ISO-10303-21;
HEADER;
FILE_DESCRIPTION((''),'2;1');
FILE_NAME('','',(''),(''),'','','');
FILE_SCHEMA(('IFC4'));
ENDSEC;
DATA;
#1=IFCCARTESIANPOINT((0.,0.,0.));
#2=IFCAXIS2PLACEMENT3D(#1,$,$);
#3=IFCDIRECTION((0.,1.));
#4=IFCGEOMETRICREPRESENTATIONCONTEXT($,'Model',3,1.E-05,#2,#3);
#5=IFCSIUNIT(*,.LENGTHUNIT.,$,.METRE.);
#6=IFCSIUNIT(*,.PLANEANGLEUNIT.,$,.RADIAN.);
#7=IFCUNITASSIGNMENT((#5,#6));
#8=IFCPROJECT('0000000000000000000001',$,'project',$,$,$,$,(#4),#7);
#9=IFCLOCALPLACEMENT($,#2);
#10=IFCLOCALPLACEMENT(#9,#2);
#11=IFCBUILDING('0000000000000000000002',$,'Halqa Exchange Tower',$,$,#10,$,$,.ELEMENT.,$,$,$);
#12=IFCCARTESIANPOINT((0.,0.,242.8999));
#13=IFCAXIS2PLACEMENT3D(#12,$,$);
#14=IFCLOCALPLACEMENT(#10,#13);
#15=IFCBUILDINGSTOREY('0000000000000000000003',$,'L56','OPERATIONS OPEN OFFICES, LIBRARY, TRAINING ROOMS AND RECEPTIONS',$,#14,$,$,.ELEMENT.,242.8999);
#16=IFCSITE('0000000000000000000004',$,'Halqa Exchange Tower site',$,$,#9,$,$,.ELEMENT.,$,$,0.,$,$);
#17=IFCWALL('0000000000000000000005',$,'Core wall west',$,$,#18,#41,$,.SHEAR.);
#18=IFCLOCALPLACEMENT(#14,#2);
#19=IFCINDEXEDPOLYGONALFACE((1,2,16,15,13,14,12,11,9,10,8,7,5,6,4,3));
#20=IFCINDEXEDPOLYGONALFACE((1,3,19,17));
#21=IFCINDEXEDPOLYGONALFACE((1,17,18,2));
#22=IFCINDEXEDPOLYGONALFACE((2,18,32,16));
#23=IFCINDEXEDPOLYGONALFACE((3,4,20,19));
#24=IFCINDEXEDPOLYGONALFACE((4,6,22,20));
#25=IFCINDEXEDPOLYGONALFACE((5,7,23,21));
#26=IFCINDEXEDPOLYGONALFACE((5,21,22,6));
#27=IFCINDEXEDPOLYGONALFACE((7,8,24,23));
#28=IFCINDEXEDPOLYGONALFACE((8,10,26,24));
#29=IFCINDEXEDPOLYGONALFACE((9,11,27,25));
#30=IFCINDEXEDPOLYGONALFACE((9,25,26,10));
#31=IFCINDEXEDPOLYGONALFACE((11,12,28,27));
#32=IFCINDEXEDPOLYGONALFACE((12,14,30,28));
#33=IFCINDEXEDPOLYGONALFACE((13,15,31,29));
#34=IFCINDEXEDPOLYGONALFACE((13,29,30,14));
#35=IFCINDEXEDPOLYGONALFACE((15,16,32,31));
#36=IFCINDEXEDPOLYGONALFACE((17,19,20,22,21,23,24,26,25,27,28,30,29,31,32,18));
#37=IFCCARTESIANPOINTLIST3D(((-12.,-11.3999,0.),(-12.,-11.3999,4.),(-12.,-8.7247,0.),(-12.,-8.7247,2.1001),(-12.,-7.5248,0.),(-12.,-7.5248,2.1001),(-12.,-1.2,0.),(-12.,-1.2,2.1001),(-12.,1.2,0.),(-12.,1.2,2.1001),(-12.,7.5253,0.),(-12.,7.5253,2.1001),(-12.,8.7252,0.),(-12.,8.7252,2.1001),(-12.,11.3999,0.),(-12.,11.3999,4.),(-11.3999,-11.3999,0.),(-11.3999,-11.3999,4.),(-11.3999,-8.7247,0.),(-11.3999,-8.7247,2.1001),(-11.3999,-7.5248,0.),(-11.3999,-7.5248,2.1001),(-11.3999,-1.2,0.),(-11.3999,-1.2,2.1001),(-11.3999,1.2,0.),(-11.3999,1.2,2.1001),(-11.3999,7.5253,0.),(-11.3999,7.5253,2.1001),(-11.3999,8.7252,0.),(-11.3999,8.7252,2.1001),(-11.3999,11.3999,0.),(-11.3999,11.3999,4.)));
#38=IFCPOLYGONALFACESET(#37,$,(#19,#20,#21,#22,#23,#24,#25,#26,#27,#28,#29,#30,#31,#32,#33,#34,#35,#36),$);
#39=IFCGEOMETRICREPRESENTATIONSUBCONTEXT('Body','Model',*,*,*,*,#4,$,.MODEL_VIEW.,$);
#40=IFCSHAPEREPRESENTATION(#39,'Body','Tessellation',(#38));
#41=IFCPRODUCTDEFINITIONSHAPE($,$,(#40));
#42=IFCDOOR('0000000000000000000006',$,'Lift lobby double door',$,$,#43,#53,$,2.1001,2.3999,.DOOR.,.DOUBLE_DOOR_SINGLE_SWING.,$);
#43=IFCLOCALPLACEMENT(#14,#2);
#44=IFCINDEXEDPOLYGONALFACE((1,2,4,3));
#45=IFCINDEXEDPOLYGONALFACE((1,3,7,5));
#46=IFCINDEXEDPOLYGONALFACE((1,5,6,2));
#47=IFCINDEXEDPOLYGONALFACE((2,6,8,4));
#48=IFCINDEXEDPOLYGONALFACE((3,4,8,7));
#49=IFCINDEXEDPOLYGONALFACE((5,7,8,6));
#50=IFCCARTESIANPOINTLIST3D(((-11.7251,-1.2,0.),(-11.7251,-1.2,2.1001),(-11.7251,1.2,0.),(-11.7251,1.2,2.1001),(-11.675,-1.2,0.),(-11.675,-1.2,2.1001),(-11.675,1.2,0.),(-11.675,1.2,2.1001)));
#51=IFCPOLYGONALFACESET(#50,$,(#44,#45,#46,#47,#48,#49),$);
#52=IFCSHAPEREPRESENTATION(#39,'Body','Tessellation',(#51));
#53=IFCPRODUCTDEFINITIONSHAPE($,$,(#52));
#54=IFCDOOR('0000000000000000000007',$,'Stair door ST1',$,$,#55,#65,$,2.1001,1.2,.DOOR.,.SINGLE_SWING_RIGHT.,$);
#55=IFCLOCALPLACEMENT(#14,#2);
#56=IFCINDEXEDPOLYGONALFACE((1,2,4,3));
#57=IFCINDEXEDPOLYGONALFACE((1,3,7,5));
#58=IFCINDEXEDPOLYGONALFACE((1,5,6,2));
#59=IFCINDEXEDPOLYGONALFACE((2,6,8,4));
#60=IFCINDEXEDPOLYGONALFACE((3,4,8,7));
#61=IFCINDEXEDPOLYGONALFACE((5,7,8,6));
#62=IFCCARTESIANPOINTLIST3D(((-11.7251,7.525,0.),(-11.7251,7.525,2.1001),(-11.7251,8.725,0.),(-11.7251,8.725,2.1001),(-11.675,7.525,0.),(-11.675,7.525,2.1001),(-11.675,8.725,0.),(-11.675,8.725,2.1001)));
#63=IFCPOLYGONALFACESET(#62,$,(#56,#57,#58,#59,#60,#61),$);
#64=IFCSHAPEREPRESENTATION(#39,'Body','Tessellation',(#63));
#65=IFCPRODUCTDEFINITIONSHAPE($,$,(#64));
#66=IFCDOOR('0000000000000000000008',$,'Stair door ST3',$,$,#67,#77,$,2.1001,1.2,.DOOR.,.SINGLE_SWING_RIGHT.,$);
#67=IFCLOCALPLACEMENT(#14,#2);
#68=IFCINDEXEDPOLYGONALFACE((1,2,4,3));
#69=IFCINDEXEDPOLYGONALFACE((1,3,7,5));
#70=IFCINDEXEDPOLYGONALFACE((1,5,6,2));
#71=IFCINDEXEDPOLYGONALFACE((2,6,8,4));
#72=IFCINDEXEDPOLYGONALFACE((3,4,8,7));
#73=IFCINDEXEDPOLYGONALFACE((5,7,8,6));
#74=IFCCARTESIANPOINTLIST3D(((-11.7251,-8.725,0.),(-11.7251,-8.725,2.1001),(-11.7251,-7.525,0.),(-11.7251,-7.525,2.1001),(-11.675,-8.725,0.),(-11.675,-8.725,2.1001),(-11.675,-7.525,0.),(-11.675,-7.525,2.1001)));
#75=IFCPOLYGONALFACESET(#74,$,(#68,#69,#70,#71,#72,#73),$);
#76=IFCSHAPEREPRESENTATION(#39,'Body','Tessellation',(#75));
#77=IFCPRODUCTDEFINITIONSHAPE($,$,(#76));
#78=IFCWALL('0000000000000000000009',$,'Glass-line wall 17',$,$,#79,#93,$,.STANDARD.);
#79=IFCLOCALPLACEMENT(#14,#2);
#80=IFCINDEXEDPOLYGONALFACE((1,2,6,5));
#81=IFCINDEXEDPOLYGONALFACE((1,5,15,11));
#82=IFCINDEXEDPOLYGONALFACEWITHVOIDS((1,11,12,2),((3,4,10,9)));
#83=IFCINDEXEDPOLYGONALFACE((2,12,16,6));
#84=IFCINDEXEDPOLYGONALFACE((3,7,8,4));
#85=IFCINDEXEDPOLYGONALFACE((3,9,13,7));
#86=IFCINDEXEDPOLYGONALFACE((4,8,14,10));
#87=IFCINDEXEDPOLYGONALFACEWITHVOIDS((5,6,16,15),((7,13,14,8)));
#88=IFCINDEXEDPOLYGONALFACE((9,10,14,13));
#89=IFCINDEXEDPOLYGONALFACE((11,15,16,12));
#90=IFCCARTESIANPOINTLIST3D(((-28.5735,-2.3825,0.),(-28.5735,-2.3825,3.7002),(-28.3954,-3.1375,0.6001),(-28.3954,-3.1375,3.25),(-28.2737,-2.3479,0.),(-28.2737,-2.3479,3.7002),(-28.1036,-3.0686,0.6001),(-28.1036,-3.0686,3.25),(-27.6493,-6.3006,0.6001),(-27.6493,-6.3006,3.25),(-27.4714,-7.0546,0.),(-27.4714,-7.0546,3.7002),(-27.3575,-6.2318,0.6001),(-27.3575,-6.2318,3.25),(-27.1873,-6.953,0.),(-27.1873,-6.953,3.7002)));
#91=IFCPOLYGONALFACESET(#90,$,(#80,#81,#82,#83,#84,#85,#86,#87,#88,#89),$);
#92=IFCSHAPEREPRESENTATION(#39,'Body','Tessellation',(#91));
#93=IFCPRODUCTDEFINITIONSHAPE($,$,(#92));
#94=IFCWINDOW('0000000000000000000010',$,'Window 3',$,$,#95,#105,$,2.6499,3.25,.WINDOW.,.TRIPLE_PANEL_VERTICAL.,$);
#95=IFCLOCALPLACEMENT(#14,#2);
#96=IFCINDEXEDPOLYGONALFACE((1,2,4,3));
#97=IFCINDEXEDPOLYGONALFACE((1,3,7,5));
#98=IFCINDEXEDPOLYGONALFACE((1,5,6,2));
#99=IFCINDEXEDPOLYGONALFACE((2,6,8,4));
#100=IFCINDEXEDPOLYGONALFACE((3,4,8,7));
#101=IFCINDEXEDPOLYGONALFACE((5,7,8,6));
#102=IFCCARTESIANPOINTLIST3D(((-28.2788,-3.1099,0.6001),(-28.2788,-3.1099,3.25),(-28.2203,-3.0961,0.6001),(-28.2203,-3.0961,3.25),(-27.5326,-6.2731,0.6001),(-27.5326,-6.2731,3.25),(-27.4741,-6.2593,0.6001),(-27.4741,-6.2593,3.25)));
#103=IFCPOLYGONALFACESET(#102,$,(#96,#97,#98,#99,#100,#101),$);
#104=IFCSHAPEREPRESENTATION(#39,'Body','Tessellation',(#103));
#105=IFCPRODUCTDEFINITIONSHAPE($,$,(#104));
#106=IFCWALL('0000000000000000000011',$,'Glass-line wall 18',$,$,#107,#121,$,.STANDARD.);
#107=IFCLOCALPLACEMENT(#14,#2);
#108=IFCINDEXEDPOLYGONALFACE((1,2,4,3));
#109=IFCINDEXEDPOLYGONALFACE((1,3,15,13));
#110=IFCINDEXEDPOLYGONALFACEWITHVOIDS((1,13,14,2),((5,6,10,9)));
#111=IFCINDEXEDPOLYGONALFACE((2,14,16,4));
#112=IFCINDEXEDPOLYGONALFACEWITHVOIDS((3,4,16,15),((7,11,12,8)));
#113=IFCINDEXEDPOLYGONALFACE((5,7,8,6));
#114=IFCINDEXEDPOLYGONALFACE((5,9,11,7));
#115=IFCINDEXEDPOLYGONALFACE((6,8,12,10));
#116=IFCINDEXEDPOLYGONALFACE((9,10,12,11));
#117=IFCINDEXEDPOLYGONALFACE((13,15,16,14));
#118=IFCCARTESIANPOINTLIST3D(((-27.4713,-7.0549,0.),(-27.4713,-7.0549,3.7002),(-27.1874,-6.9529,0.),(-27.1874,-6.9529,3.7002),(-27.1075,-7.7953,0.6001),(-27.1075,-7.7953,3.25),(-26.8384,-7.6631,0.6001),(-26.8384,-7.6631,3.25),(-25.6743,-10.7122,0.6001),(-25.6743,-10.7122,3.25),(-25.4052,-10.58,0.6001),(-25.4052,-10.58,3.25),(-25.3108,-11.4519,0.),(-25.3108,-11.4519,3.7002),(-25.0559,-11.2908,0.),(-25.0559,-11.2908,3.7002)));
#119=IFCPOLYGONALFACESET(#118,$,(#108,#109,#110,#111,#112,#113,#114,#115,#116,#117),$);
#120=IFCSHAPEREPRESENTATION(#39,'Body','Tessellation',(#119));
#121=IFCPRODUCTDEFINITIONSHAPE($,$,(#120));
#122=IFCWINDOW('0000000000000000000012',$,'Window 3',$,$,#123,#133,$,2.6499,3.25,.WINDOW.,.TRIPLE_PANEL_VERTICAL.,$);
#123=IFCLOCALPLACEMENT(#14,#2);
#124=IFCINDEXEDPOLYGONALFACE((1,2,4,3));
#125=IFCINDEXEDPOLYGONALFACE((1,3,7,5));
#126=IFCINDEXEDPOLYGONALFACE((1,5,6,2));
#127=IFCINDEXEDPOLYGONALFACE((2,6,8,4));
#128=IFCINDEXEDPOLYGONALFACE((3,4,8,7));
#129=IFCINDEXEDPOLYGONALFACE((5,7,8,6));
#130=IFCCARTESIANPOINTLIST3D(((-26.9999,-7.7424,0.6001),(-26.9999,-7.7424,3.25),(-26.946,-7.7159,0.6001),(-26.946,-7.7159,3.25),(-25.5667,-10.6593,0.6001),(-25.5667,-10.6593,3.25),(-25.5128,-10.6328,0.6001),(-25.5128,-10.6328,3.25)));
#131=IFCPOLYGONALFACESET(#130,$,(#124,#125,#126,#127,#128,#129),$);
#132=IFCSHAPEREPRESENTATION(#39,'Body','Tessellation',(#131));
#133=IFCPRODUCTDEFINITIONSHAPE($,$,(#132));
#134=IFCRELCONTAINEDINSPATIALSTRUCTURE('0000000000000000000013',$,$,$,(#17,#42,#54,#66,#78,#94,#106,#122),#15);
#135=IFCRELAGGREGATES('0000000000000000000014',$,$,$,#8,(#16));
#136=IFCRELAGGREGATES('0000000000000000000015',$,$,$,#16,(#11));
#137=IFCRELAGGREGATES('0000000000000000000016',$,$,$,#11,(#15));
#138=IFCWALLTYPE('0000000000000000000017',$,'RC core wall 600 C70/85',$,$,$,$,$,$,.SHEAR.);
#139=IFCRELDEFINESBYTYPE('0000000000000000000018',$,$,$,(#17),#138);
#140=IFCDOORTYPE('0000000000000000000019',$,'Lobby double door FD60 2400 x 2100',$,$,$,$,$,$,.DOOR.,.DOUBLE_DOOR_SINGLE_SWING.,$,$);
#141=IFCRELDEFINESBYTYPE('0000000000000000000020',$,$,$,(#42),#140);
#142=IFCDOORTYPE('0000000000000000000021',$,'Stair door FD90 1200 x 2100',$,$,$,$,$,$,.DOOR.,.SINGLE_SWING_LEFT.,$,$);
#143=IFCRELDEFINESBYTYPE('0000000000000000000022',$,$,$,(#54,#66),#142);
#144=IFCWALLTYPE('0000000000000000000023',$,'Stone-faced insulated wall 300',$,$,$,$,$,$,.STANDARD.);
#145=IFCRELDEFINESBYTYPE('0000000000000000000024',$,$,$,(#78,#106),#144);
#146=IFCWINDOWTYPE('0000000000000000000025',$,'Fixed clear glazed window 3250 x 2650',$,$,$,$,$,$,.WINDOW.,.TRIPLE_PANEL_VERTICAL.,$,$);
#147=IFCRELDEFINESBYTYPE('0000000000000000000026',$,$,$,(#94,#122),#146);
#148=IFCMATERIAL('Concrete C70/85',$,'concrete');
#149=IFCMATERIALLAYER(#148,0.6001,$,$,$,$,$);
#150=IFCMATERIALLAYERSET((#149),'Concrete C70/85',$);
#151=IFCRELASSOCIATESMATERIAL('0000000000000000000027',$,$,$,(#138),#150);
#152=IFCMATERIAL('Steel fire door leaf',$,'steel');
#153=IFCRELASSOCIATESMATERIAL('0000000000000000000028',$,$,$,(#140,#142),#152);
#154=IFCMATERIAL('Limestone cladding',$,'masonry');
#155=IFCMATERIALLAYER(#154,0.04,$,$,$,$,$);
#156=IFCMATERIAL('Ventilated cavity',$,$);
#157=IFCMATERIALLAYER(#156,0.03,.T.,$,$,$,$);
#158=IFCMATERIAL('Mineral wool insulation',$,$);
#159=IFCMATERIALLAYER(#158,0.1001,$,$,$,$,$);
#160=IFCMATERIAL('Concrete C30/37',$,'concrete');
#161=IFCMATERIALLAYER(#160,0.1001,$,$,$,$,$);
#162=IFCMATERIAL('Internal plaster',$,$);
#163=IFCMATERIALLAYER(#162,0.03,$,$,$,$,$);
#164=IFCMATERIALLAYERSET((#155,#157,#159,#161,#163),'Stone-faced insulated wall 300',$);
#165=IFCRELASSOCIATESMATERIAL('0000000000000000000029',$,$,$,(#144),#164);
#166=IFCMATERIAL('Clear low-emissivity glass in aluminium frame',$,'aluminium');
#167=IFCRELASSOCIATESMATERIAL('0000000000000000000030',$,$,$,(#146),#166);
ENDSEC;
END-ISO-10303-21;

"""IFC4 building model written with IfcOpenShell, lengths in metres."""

from ifc_helpers import new_model, si_unit, direction, frame, frame_2d, origin, place, context, subcontext, project, spatial, polyline, rectangle, outline, extrude, material, layer, layer_set, type_object, element, fill, save


model = new_model("IFC4")

# Units and contexts
model_context = context("Model", 3, precision=1e-05, world=origin(), true_north=direction((0.0, 1.0)))
body_context = subcontext(model_context, "Body", "Model", "MODEL_VIEW")
ifc_project = project(units=[si_unit("LENGTHUNIT", "METRE"), si_unit("PLANEANGLEUNIT", "RADIAN")], contexts=[model_context])

# Site, building, storey
site_placement = place(None, origin())
site = spatial("IfcSite", under=ifc_project, at=site_placement, Name="Halqa Exchange Tower site", CompositionType="ELEMENT", RefElevation=0.0)
building_placement = place(site_placement, origin())
building = spatial("IfcBuilding", under=site, at=building_placement, Name="Halqa Exchange Tower", CompositionType="ELEMENT")
storey_placement = place(building_placement, frame((0.0, 0.0, 242.8999)))
storey = spatial("IfcBuildingStorey", under=building, at=storey_placement, Name="L56", Description="OPERATIONS OPEN OFFICES, LIBRARY, TRAINING ROOMS AND RECEPTIONS", CompositionType="ELEMENT", Elevation=242.8999)

# Shared definitions
ifc_material_1 = material(Name="Steel fire door leaf", Category="steel")

# Wall, openings, doors
ifc_material_2 = material(Name="Concrete C70/85", Category="concrete")
ifc_layer_1 = layer(ifc_material_2, 0.6001)
ifc_layer_set_1 = layer_set([ifc_layer_1], Name="Concrete C70/85")
wall_type_1 = type_object("IfcWallType", Name="RC core wall 600 C70/85", PredefinedType="SHEAR", material=ifc_layer_set_1)
wall_1_placement = place(storey_placement, frame((-11.7, -11.3999, 0.0), z_axis=(0.0, 0.0, 1.0), x_axis=(0.0, 1.0, 0.0)))
wall_1 = element("IfcWall", 1, at=wall_1_placement, inside=storey, type_object=wall_type_1, Name="Core wall west", PredefinedType="SHEAR", context=body_context, shape_type="SweptSolid", body=[
    extrude(rectangle(XDim=22.7998, YDim=0.6001, at=frame_2d((11.3999, 0.0))), origin(), (0.0, 0.0, 1.0), 4.0),
])
opening_1_placement = place(wall_1_placement, frame((10.2, 0.0, 0.0)))
opening_1 = element("IfcOpeningElement", 2, at=opening_1_placement, cuts=wall_1, PredefinedType="OPENING", context=body_context, shape_type="SweptSolid", body=[
    extrude(rectangle(XDim=2.3999, YDim=2.1001, at=frame_2d((1.2, 1.05))), frame((0.0, 0.312, 0.0), z_axis=(0.0, -1.0, 0.0), x_axis=(1.0, 0.0, 0.0)), (0.0, 0.0, 1.0), 0.624),
])
opening_2_placement = place(wall_1_placement, frame((18.925, 0.0, 0.0)))
opening_2 = element("IfcOpeningElement", 3, at=opening_2_placement, cuts=wall_1, PredefinedType="OPENING", context=body_context, shape_type="SweptSolid", body=[
    extrude(rectangle(XDim=1.2, YDim=2.1001, at=frame_2d((0.6001, 1.05))), frame((0.0, 0.312, 0.0), z_axis=(0.0, -1.0, 0.0), x_axis=(1.0, 0.0, 0.0)), (0.0, 0.0, 1.0), 0.624),
])
opening_3_placement = place(wall_1_placement, frame((2.675, 0.0, 0.0)))
opening_3 = element("IfcOpeningElement", 4, at=opening_3_placement, cuts=wall_1, PredefinedType="OPENING", context=body_context, shape_type="SweptSolid", body=[
    extrude(rectangle(XDim=1.2, YDim=2.1001, at=frame_2d((0.6001, 1.05))), frame((0.0, 0.312, 0.0), z_axis=(0.0, -1.0, 0.0), x_axis=(1.0, 0.0, 0.0)), (0.0, 0.0, 1.0), 0.624),
])
door_type_1 = type_object("IfcDoorType", Name="Lobby double door FD60 2400 x 2100", OperationType="DOUBLE_DOOR_SINGLE_SWING", PredefinedType="DOOR", material=ifc_material_1)
door_1_placement = place(opening_1_placement, frame((2.3999, 0.0, 0.0), z_axis=(0.0, 0.0, 1.0), x_axis=(-1.0, 0.0, 0.0)))
door_1 = element("IfcDoor", 5, at=door_1_placement, inside=storey, type_object=door_type_1, Name="Lift lobby double door", OperationType="DOUBLE_DOOR_SINGLE_SWING", OverallHeight=2.1001, OverallWidth=2.3999, PredefinedType="DOOR", context=body_context, shape_type="SweptSolid", body=[
    extrude(rectangle(XDim=2.3999, YDim=2.1001, at=frame_2d((1.2, 1.05))), frame((0.0, 0.0249, 0.0), z_axis=(0.0, -1.0, 0.0), x_axis=(1.0, 0.0, 0.0)), (0.0, 0.0, 1.0), 0.05),
])
fill(opening_1, door_1)
door_type_2 = type_object("IfcDoorType", Name="Stair door FD90 1200 x 2100", OperationType="SINGLE_SWING_LEFT", PredefinedType="DOOR", material=ifc_material_1)
door_2_placement = place(opening_2_placement, frame((1.2, 0.0, 0.0), z_axis=(0.0, 0.0, 1.0), x_axis=(-1.0, 0.0, 0.0)))
door_2 = element("IfcDoor", 6, at=door_2_placement, inside=storey, type_object=door_type_2, Name="Stair door ST1", OperationType="SINGLE_SWING_RIGHT", OverallHeight=2.1001, OverallWidth=1.2, PredefinedType="DOOR", context=body_context, shape_type="SweptSolid", body=[
    extrude(rectangle(XDim=1.2, YDim=2.1001, at=frame_2d((0.6001, 1.05))), frame((0.0, 0.0249, 0.0), z_axis=(0.0, -1.0, 0.0), x_axis=(1.0, 0.0, 0.0)), (0.0, 0.0, 1.0), 0.05),
])
fill(opening_2, door_2)
door_3_placement = place(opening_3_placement, frame((1.2, 0.0, 0.0), z_axis=(0.0, 0.0, 1.0), x_axis=(-1.0, 0.0, 0.0)))
door_3 = element("IfcDoor", 7, at=door_3_placement, inside=storey, type_object=door_type_2, Name="Stair door ST3", OperationType="SINGLE_SWING_RIGHT", OverallHeight=2.1001, OverallWidth=1.2, PredefinedType="DOOR", context=body_context, shape_type="SweptSolid", body=[
    extrude(rectangle(XDim=1.2, YDim=2.1001, at=frame_2d((0.6001, 1.05))), frame((0.0, 0.0249, 0.0), z_axis=(0.0, -1.0, 0.0), x_axis=(1.0, 0.0, 0.0)), (0.0, 0.0, 1.0), 0.05),
])
fill(opening_3, door_3)

# Walls, openings, windows
ifc_material_3 = material(Name="Limestone cladding", Category="masonry")
ifc_layer_2 = layer(ifc_material_3, 0.04)
ifc_material_4 = material(Name="Ventilated cavity")
ifc_layer_3 = layer(ifc_material_4, 0.03, ventilated=True)
ifc_material_5 = material(Name="Mineral wool insulation")
ifc_layer_4 = layer(ifc_material_5, 0.1001)
ifc_material_6 = material(Name="Concrete C30/37", Category="concrete")
ifc_layer_5 = layer(ifc_material_6, 0.1001)
ifc_material_7 = material(Name="Internal plaster")
ifc_layer_6 = layer(ifc_material_7, 0.03)
ifc_layer_set_2 = layer_set([ifc_layer_2, ifc_layer_3, ifc_layer_4, ifc_layer_5, ifc_layer_6], Name="Stone-faced insulated wall 300")
wall_type_2 = type_object("IfcWallType", Name="Stone-faced insulated wall 300", PredefinedType="STANDARD", material=ifc_layer_set_2)
wall_2_placement = place(storey_placement, frame((-28.4236, -2.3652, 0.0), z_axis=(0.0, 0.0, 1.0), x_axis=(0.229593, -0.973287, 0.0)))
wall_2 = element("IfcWall", 8, at=wall_2_placement, inside=storey, type_object=wall_type_2, Name="Glass-line wall 17", PredefinedType="STANDARD", context=body_context, shape_type="SweptSolid", body=[
    extrude(outline(polyline([(-0.0176, -0.1499), (4.7827, -0.1499), (4.749, 0.1499), (0.0176, 0.1499), (-0.0176, -0.1499)])), origin(), (0.0, 0.0, 1.0), 3.7002),
])
opening_4_placement = place(wall_2_placement, frame((0.7581, 0.0, 0.6001)))
opening_4 = element("IfcOpeningElement", 9, at=opening_4_placement, cuts=wall_2, PredefinedType="OPENING", context=body_context, shape_type="SweptSolid", body=[
    extrude(rectangle(XDim=3.25, YDim=2.6499, at=frame_2d((1.625, 1.325))), frame((0.0, 0.1621, 0.0), z_axis=(0.0, -1.0, 0.0), x_axis=(1.0, 0.0, 0.0)), (0.0, 0.0, 1.0), 0.324),
])
ifc_material_8 = material(Name="Clear low-emissivity glass in aluminium frame", Category="aluminium")
window_type = type_object("IfcWindowType", Name="Fixed clear glazed window 3250 x 2650", PartitioningType="TRIPLE_PANEL_VERTICAL", PredefinedType="WINDOW", material=ifc_material_8)
window_1_placement = place(opening_4_placement, origin())
window_1 = element("IfcWindow", 10, at=window_1_placement, inside=storey, type_object=window_type, Name="Window 3", OverallHeight=2.6499, OverallWidth=3.25, PartitioningType="TRIPLE_PANEL_VERTICAL", PredefinedType="WINDOW", context=body_context, shape_type="SweptSolid", body=[
    extrude(rectangle(XDim=3.25, YDim=2.6499, at=frame_2d((1.625, 1.325))), frame((0.0, 0.03, 0.0), z_axis=(0.0, -1.0, 0.0), x_axis=(1.0, 0.0, 0.0)), (0.0, 0.0, 1.0), 0.0601),
])
fill(opening_4, window_1)
wall_3_placement = place(storey_placement, frame((-27.3293, -7.0039, 0.0), z_axis=(0.0, 0.0, 1.0), x_axis=(0.441002, -0.897506, 0.0)))
wall_3 = element("IfcWall", 11, at=wall_3_placement, inside=storey, type_object=wall_type_2, Name="Glass-line wall 18", PredefinedType="STANDARD", context=body_context, shape_type="SweptSolid", body=[
    extrude(outline(polyline([(-0.0168, -0.1499), (4.8823, -0.1499), (4.8501, 0.1499), (0.0168, 0.1499), (-0.0168, -0.1499)])), origin(), (0.0, 0.0, 1.0), 3.7002),
])
opening_5_placement = place(wall_3_placement, frame((0.8081, 0.0, 0.6001)))
opening_5 = element("IfcOpeningElement", 12, at=opening_5_placement, cuts=wall_3, PredefinedType="OPENING", context=body_context, shape_type="SweptSolid", body=[
    extrude(rectangle(XDim=3.25, YDim=2.6499, at=frame_2d((1.625, 1.325))), frame((0.0, 0.1621, 0.0), z_axis=(0.0, -1.0, 0.0), x_axis=(1.0, 0.0, 0.0)), (0.0, 0.0, 1.0), 0.324),
])
window_2_placement = place(opening_5_placement, origin())
window_2 = element("IfcWindow", 13, at=window_2_placement, inside=storey, type_object=window_type, Name="Window 3", OverallHeight=2.6499, OverallWidth=3.25, PartitioningType="TRIPLE_PANEL_VERTICAL", PredefinedType="WINDOW", context=body_context, shape_type="SweptSolid", body=[
    extrude(rectangle(XDim=3.25, YDim=2.6499, at=frame_2d((1.625, 1.325))), frame((0.0, 0.03, 0.0), z_axis=(0.0, -1.0, 0.0), x_axis=(1.0, 0.0, 0.0)), (0.0, 0.0, 1.0), 0.0601),
])
fill(opening_5, window_2)

save(model, "model.ifc")
